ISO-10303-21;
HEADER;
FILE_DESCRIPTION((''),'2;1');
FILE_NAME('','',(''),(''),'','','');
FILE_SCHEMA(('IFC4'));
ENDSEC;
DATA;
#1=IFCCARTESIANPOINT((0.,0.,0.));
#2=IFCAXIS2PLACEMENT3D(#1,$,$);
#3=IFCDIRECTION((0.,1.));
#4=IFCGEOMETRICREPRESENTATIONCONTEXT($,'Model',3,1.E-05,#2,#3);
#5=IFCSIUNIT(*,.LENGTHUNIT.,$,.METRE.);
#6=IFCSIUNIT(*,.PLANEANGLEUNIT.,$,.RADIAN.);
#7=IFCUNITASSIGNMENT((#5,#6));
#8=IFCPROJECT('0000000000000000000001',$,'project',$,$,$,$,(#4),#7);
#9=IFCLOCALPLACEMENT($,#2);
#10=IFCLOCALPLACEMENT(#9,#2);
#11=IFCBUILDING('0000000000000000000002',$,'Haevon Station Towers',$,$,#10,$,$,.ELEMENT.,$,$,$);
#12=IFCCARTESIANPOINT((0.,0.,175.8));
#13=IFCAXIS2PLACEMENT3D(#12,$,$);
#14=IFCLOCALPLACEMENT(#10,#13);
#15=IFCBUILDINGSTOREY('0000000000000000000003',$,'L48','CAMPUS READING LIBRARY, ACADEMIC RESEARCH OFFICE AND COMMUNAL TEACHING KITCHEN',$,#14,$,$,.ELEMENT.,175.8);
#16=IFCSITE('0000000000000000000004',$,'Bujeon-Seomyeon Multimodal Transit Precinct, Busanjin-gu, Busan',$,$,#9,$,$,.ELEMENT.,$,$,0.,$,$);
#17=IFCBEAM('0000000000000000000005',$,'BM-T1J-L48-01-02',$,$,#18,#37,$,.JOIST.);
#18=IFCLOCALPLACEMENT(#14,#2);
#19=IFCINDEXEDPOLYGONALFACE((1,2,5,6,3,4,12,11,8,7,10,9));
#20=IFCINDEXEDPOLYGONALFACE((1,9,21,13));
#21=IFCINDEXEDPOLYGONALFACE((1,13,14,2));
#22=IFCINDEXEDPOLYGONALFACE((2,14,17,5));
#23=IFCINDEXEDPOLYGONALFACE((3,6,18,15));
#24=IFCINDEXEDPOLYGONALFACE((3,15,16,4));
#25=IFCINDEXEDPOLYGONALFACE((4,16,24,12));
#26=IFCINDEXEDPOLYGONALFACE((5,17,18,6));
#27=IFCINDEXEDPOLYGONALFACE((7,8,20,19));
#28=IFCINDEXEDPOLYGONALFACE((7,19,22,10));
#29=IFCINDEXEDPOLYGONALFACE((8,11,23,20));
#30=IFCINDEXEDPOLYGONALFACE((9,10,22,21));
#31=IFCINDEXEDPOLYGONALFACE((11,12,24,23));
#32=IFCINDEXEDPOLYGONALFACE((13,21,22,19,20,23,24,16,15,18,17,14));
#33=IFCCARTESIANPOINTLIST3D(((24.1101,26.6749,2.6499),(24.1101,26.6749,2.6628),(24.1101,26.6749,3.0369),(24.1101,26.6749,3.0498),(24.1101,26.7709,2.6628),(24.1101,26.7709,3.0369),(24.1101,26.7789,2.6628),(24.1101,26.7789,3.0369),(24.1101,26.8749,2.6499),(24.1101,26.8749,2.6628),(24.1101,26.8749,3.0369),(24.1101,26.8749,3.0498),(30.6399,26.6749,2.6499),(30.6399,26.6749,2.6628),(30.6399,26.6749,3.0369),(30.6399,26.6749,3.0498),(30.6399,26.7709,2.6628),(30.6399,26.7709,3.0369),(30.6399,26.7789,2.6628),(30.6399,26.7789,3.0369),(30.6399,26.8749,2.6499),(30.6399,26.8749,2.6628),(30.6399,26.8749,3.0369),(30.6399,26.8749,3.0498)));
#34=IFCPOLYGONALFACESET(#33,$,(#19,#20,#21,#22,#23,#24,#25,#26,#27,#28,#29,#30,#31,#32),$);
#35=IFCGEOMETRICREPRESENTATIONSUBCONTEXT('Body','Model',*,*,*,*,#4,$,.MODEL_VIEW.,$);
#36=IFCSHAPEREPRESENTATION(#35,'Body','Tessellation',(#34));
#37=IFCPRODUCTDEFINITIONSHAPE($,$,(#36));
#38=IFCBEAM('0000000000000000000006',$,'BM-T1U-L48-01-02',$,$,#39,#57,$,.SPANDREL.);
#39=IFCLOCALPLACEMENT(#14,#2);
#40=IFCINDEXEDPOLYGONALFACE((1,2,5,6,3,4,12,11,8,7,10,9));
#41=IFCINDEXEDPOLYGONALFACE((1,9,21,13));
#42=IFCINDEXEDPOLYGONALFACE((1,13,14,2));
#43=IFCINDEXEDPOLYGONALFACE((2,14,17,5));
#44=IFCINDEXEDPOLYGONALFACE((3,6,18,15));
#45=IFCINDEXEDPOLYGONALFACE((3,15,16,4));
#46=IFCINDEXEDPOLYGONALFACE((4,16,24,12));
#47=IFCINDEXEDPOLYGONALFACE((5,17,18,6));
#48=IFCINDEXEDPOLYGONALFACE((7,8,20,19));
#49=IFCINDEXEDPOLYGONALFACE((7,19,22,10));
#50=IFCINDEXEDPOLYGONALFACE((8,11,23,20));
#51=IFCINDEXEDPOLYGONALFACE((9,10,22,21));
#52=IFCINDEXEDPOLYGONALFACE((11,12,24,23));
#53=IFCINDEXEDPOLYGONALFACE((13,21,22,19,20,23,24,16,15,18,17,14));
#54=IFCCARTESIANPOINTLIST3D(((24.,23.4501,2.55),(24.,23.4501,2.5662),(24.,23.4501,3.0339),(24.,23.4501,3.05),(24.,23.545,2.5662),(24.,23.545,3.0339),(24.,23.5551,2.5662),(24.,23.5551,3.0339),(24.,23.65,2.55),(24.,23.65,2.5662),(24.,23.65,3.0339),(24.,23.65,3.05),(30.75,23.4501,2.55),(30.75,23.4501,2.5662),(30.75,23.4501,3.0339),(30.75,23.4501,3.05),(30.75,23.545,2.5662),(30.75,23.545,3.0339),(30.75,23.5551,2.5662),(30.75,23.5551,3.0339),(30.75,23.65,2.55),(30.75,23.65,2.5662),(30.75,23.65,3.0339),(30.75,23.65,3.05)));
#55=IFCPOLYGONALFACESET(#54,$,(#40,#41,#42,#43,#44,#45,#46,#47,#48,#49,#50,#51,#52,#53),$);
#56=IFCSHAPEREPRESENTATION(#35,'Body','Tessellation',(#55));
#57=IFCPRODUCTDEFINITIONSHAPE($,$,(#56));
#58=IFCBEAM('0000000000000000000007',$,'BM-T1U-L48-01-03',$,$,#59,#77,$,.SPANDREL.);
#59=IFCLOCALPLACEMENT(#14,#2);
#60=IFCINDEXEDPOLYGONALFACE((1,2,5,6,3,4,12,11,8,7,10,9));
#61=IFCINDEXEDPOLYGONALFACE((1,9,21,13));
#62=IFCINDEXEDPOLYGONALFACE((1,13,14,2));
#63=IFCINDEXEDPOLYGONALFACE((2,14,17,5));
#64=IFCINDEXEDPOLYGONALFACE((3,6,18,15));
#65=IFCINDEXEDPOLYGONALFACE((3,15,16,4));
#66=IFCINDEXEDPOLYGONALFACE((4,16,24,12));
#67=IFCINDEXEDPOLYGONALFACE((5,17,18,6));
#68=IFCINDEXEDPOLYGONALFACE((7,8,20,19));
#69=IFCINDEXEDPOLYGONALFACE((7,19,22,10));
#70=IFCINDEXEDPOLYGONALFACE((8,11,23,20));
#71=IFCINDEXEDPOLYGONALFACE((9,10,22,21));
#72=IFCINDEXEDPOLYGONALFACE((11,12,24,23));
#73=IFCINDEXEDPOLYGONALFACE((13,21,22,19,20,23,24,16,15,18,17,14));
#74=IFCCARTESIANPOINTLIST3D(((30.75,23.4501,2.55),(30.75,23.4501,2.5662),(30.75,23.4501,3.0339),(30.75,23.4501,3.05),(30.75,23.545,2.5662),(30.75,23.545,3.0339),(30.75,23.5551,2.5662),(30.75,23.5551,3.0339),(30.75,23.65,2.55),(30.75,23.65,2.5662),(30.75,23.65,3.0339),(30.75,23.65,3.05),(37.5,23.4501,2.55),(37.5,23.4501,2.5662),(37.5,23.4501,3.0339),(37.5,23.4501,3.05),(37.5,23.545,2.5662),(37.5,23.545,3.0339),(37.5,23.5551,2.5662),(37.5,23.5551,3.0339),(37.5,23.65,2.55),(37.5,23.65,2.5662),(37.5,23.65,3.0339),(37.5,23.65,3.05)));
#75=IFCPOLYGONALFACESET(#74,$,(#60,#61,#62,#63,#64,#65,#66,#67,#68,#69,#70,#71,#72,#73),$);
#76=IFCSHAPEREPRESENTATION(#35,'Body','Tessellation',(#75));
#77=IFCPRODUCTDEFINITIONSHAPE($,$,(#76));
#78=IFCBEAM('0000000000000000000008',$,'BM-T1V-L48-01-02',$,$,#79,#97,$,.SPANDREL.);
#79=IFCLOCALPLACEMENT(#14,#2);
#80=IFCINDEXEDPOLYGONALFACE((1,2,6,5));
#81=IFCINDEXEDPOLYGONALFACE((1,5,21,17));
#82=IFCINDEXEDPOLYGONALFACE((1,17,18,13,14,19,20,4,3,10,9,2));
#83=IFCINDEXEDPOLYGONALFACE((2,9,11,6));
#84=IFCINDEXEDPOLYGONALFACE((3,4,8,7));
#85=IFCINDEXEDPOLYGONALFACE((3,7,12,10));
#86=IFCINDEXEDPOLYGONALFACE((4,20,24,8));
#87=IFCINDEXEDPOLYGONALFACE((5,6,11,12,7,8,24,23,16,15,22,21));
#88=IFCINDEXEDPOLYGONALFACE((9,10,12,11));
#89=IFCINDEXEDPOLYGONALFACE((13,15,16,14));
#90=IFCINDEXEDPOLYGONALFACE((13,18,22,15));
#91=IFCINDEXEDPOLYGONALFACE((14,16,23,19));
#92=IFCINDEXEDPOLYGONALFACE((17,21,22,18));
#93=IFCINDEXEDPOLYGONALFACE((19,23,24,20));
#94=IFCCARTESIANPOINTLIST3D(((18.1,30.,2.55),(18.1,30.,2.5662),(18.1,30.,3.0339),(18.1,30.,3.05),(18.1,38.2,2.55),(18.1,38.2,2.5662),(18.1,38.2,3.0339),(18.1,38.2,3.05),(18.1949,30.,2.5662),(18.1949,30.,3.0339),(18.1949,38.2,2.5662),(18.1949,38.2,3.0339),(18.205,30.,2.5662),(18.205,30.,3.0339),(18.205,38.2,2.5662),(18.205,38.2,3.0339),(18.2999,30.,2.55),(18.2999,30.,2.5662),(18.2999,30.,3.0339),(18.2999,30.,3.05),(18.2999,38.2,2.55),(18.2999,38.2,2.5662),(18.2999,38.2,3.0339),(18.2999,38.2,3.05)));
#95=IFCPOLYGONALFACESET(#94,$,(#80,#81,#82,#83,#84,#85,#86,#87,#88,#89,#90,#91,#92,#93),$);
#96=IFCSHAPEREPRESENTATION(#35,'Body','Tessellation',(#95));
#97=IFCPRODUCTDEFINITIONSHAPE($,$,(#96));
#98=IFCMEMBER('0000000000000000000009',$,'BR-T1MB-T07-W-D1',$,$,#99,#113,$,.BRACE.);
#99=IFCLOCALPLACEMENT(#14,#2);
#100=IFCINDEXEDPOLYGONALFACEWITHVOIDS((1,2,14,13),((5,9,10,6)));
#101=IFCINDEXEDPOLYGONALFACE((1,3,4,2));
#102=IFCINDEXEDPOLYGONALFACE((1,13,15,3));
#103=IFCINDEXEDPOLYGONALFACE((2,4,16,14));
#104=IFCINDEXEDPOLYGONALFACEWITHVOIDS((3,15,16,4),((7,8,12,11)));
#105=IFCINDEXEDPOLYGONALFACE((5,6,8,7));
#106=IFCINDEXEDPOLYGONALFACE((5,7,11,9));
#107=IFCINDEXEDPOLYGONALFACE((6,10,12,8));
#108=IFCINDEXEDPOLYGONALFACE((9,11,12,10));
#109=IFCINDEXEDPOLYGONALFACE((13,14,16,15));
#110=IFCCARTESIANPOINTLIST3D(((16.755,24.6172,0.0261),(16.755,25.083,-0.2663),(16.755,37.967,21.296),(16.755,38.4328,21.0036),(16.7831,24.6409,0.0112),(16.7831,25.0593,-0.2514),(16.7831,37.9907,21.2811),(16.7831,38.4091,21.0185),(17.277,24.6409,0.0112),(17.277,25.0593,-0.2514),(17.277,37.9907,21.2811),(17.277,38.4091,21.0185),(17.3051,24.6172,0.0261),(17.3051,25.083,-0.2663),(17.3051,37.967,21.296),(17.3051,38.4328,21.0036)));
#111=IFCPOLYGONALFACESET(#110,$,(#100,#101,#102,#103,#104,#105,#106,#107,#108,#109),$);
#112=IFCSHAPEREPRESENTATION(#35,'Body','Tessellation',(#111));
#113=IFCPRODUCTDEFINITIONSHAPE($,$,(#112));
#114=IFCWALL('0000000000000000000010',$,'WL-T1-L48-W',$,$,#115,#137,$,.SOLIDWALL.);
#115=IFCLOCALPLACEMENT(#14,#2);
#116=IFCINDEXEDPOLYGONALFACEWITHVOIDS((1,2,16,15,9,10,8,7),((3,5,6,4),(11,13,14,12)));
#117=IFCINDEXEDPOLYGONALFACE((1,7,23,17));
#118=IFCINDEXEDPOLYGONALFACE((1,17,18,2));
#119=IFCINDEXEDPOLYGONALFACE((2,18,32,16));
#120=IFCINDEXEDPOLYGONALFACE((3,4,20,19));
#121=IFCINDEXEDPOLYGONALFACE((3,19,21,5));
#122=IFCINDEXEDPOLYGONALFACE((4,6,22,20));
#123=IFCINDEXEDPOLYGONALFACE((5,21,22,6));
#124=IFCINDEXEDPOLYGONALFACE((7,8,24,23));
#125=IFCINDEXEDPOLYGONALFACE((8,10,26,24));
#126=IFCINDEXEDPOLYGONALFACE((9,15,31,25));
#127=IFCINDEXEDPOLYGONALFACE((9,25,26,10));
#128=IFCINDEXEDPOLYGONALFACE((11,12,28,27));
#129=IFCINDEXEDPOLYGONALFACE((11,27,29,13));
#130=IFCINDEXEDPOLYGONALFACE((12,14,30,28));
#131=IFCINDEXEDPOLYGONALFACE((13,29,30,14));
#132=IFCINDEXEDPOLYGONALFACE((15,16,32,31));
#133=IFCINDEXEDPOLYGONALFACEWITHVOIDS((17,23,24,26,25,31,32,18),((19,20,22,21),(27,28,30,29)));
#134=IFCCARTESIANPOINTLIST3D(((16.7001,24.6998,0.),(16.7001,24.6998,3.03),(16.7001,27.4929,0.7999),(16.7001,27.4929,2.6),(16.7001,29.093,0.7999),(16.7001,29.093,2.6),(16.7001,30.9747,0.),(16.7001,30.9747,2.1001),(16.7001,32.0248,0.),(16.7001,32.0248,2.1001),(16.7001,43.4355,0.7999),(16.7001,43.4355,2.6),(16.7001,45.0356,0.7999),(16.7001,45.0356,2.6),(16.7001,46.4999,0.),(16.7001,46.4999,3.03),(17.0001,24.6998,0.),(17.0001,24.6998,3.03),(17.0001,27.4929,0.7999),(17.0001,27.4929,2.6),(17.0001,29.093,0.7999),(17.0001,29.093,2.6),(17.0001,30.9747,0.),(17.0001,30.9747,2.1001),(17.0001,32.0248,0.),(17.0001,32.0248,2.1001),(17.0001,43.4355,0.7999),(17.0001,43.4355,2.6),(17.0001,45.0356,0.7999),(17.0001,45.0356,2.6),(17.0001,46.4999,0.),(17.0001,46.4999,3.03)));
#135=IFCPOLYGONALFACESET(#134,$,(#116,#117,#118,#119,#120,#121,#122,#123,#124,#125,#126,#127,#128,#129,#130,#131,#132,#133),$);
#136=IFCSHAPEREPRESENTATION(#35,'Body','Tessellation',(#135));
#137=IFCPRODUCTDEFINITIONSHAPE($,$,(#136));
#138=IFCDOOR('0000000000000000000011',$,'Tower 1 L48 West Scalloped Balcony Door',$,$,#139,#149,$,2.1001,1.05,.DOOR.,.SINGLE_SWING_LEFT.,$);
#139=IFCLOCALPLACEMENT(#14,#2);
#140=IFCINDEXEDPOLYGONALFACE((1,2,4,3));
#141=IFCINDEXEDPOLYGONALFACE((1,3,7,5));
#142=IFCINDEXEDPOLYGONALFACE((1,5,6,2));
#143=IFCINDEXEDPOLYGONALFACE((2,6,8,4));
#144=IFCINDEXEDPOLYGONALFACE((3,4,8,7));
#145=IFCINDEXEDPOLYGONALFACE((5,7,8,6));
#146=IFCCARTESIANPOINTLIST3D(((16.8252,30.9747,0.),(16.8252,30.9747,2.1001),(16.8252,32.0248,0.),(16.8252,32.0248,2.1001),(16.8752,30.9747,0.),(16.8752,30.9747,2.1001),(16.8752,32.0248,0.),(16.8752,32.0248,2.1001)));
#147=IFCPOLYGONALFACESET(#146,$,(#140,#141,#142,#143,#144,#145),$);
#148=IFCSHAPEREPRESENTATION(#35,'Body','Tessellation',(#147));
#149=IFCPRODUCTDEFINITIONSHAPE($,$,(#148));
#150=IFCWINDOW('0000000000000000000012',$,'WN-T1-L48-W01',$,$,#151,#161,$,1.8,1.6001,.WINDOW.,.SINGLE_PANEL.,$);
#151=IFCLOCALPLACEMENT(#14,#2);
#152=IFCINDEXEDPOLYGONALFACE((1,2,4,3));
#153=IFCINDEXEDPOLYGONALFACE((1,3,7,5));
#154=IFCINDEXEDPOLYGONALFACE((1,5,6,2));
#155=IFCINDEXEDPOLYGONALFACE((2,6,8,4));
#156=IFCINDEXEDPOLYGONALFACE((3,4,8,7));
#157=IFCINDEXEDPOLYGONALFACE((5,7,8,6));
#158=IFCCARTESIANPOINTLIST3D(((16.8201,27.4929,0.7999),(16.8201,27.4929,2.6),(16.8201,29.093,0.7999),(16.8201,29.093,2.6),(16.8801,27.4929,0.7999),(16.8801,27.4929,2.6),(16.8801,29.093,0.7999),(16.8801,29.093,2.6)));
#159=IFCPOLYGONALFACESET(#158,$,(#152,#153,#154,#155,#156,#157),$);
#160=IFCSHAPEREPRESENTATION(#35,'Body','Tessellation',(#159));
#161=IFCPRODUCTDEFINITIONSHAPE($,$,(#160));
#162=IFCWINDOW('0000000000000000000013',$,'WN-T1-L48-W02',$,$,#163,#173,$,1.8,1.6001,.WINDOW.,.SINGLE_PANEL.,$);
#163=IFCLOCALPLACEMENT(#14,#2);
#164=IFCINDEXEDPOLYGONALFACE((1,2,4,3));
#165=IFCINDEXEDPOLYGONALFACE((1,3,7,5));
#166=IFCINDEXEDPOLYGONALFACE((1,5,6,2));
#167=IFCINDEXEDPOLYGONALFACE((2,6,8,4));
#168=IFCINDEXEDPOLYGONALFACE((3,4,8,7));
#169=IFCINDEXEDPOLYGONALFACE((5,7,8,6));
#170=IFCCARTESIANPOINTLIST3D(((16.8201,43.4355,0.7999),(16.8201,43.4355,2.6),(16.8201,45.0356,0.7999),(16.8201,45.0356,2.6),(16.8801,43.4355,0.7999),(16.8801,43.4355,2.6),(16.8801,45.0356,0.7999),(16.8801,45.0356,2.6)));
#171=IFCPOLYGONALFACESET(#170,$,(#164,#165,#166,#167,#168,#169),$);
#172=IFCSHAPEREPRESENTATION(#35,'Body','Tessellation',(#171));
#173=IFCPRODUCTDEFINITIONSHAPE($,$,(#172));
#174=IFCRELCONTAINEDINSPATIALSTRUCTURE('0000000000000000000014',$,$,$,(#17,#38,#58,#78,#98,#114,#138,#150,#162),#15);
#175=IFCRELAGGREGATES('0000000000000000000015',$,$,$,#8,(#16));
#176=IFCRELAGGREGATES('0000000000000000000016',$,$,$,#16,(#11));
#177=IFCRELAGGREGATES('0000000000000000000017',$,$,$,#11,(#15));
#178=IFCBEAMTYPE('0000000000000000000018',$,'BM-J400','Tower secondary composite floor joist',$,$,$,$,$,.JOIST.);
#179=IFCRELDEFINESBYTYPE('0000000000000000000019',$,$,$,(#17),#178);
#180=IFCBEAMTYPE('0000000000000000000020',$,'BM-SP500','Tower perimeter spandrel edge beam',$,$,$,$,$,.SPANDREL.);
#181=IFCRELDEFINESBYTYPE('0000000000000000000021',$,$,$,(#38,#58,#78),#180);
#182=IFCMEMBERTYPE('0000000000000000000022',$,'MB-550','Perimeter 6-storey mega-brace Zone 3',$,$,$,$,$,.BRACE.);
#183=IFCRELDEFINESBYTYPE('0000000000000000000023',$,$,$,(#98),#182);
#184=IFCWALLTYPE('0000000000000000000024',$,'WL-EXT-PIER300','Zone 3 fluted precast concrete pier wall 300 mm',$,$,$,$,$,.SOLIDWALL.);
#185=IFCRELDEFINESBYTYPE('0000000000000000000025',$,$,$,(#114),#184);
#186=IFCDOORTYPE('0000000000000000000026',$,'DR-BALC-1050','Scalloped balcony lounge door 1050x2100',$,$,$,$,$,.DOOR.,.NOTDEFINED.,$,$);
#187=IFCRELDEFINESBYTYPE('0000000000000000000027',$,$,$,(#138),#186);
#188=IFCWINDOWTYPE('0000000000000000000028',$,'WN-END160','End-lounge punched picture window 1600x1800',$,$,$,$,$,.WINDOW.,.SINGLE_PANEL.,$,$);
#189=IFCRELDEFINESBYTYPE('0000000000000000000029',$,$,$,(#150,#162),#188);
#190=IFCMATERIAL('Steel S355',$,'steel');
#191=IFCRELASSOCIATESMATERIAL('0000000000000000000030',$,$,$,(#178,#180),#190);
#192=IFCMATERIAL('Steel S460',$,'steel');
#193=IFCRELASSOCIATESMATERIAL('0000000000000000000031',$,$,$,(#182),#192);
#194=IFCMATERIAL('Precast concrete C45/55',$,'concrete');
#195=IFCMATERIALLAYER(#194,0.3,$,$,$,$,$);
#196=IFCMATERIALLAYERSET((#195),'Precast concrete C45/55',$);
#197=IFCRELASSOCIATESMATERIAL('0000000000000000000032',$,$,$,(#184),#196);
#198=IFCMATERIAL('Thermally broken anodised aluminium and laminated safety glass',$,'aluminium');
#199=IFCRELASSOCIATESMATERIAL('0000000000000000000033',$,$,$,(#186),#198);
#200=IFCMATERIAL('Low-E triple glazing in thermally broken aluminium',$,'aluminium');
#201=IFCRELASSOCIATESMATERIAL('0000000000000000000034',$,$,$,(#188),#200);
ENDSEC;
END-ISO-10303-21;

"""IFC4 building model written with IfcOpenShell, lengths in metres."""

from ifc_helpers import new_model, si_unit, direction, frame, frame_2d, origin, origin_2d, place, context, subcontext, project, spatial, rectangle, hollow_rectangle, i_section, extrude, material, layer, layer_set, material_profile, profile_set, type_object, element, fill, save


model = new_model("IFC4")

# Units and contexts
model_context = context("Model", 3, precision=1e-05, world=origin(), true_north=direction((0.0, 1.0)))
body_context = subcontext(model_context, "Body", "Model", "MODEL_VIEW")
ifc_project = project(units=[si_unit("LENGTHUNIT", "METRE"), si_unit("PLANEANGLEUNIT", "RADIAN")], contexts=[model_context])

# Site, building, storey
site_placement = place(None, origin())
site = spatial("IfcSite", under=ifc_project, at=site_placement, Name="Bujeon-Seomyeon Multimodal Transit Precinct, Busanjin-gu, Busan", CompositionType="ELEMENT", RefElevation=0.0)
building_placement = place(site_placement, origin())
building = spatial("IfcBuilding", under=site, at=building_placement, Name="Haevon Station Towers", CompositionType="ELEMENT")
storey_placement = place(building_placement, frame((0.0, 0.0, 175.8)))
storey = spatial("IfcBuildingStorey", under=building, at=storey_placement, Name="L48", Description="CAMPUS READING LIBRARY, ACADEMIC RESEARCH OFFICE AND COMMUNAL TEACHING KITCHEN", CompositionType="ELEMENT", Elevation=175.8)

# Shared definitions
ifc_material_1 = material(Name="Steel S355", Category="steel")

# Beams
ifc_material_profile_1 = material_profile(ifc_material_1, i_section(OverallWidth=0.2, OverallDepth=0.3999, WebThickness=0.0081, FlangeThickness=0.0129, at=origin_2d()), Name="H-400x200x8x13")
ifc_profile_set_1 = profile_set([ifc_material_profile_1], Name="Steel S355")
beam_type_1 = type_object("IfcBeamType", Name="BM-J400", Description="Tower secondary composite floor joist", PredefinedType="JOIST", material=ifc_profile_set_1)
beam_1_placement = place(storey_placement, frame((24.1101, 26.7749, 2.8499), z_axis=(1.0, 0.0, 0.0), x_axis=(0.0, 1.0, 0.0)))
element("IfcBeam", 1, at=beam_1_placement, inside=storey, type_object=beam_type_1, Name="BM-T1J-L48-01-02", PredefinedType="JOIST", context=body_context, shape_type="SweptSolid", body=[
    extrude(i_section(OverallWidth=0.2, OverallDepth=0.3999, WebThickness=0.0081, FlangeThickness=0.0129, at=origin_2d()), origin(), (0.0, 0.0, 1.0), 6.5298),
])
ifc_material_profile_2 = material_profile(ifc_material_1, i_section(OverallWidth=0.2, OverallDepth=0.5, WebThickness=0.01, FlangeThickness=0.0161, at=origin_2d()), Name="H-500x200x10x16")
ifc_profile_set_2 = profile_set([ifc_material_profile_2], Name="Steel S355")
beam_type_2 = type_object("IfcBeamType", Name="BM-SP500", Description="Tower perimeter spandrel edge beam", PredefinedType="SPANDREL", material=ifc_profile_set_2)
for number, where, z_axis, x_axis, name in (
    (2, (24.0, 23.55, 2.8), (1.0, 0.0, 0.0), (0.0, 1.0, 0.0), "BM-T1U-L48-01-02"),
    (3, (30.75, 23.55, 2.8), (1.0, 0.0, 0.0), (0.0, 1.0, 0.0), "BM-T1U-L48-01-03"),
):
    element("IfcBeam", number, at=place(storey_placement, frame(where, z_axis=z_axis, x_axis=x_axis)), inside=storey, type_object=beam_type_2, Name=name, PredefinedType="SPANDREL", context=body_context, shape_type="SweptSolid", body=[
        extrude(i_section(OverallWidth=0.2, OverallDepth=0.5, WebThickness=0.01, FlangeThickness=0.0161, at=origin_2d()), origin(), (0.0, 0.0, 1.0), 6.75),
    ])
beam_2_placement = place(storey_placement, frame((18.2, 30.0, 2.8), z_axis=(0.0, 1.0, 0.0), x_axis=(-1.0, 0.0, 0.0)))
element("IfcBeam", 4, at=beam_2_placement, inside=storey, type_object=beam_type_2, Name="BM-T1V-L48-01-02", PredefinedType="SPANDREL", context=body_context, shape_type="SweptSolid", body=[
    extrude(i_section(OverallWidth=0.2, OverallDepth=0.5, WebThickness=0.01, FlangeThickness=0.0161, at=origin_2d()), origin(), (0.0, 0.0, 1.0), 8.2),
])

# Member
ifc_material_2 = material(Name="Steel S460", Category="steel")
ifc_material_profile_3 = material_profile(ifc_material_2, hollow_rectangle(XDim=0.55, YDim=0.55, WallThickness=0.0281, at=origin_2d()), Name="RHS-550x550x28")
ifc_profile_set_3 = profile_set([ifc_material_profile_3], Name="Steel S460")
member_type = type_object("IfcMemberType", Name="MB-550", Description="Perimeter 6-storey mega-brace Zone 3", PredefinedType="BRACE", material=ifc_profile_set_3)
member_placement = place(storey_placement, frame((17.03, 24.8501, -0.1201), z_axis=(0.0, 0.531604, 0.846993), x_axis=(-1.0, 0.0, 0.0)))
element("IfcMember", 5, at=member_placement, inside=storey, type_object=member_type, Name="BR-T1MB-T07-W-D1", PredefinedType="BRACE", context=body_context, shape_type="SweptSolid", body=[
    extrude(hollow_rectangle(XDim=0.55, YDim=0.55, WallThickness=0.0281, at=origin_2d()), origin(), (0.0, 0.0, 1.0), 25.1123),
])

# Wall, openings, door, windows
ifc_material_3 = material(Name="Precast concrete C45/55", Category="concrete")
ifc_layer_1 = layer(ifc_material_3, 0.3)
ifc_layer_set_1 = layer_set([ifc_layer_1], Name="Precast concrete C45/55")
wall_type_1 = type_object("IfcWallType", Name="WL-EXT-PIER300", Description="Zone 3 fluted precast concrete pier wall 300 mm", PredefinedType="SOLIDWALL", material=ifc_layer_set_1)
wall_1_placement = place(storey_placement, frame((16.8501, 24.7, 0.0), z_axis=(0.0, 0.0, 1.0), x_axis=(0.0, 1.0, 0.0)))
wall_1 = element("IfcWall", 6, at=wall_1_placement, inside=storey, type_object=wall_type_1, Name="WL-T1-L48-W", PredefinedType="SOLIDWALL", context=body_context, shape_type="SweptSolid", body=[
    extrude(rectangle(XDim=21.8, YDim=0.3, at=frame_2d((10.8999, 0.0))), origin(), (0.0, 0.0, 1.0), 3.03),
])
opening_1_placement = place(wall_1_placement, frame((6.2749, 0.0, 0.0)))
opening_1 = element("IfcOpeningElement", 7, at=opening_1_placement, cuts=wall_1, PredefinedType="OPENING", context=body_context, shape_type="SweptSolid", body=[
    extrude(rectangle(XDim=1.05, YDim=2.1001, at=frame_2d((0.5249, 1.05))), frame((0.0, 0.1599, 0.0), z_axis=(0.0, -1.0, 0.0), x_axis=(1.0, 0.0, 0.0)), (0.0, 0.0, 1.0), 0.3201),
])
opening_2_placement = place(wall_1_placement, frame((2.793, 0.0, 0.8)))
opening_2 = element("IfcOpeningElement", 8, at=opening_2_placement, cuts=wall_1, PredefinedType="OPENING", context=body_context, shape_type="SweptSolid", body=[
    extrude(rectangle(XDim=1.6001, YDim=1.8, at=frame_2d((0.8, 0.8999))), frame((0.0, 0.1599, 0.0), z_axis=(0.0, -1.0, 0.0), x_axis=(1.0, 0.0, 0.0)), (0.0, 0.0, 1.0), 0.3201),
])
opening_3_placement = place(wall_1_placement, frame((18.7356, 0.0, 0.8)))
opening_3 = element("IfcOpeningElement", 9, at=opening_3_placement, cuts=wall_1, PredefinedType="OPENING", context=body_context, shape_type="SweptSolid", body=[
    extrude(rectangle(XDim=1.6001, YDim=1.8, at=frame_2d((0.8, 0.8999))), frame((0.0, 0.1599, 0.0), z_axis=(0.0, -1.0, 0.0), x_axis=(1.0, 0.0, 0.0)), (0.0, 0.0, 1.0), 0.3201),
])
ifc_material_4 = material(Name="Thermally broken anodised aluminium and laminated safety glass", Category="aluminium")
door_type = type_object("IfcDoorType", Name="DR-BALC-1050", Description="Scalloped balcony lounge door 1050x2100", OperationType="NOTDEFINED", PredefinedType="DOOR", material=ifc_material_4)
door_placement = place(opening_1_placement, origin())
door = element("IfcDoor", 10, at=door_placement, inside=storey, type_object=door_type, Name="Tower 1 L48 West Scalloped Balcony Door", OperationType="SINGLE_SWING_LEFT", OverallHeight=2.1001, OverallWidth=1.05, PredefinedType="DOOR", context=body_context, shape_type="SweptSolid", body=[
    extrude(rectangle(XDim=1.05, YDim=2.1001, at=frame_2d((0.5249, 1.05))), frame((0.0, 0.0249, 0.0), z_axis=(0.0, -1.0, 0.0), x_axis=(1.0, 0.0, 0.0)), (0.0, 0.0, 1.0), 0.05),
])
fill(opening_1, door)
ifc_material_5 = material(Name="Low-E triple glazing in thermally broken aluminium", Category="aluminium")
window_type = type_object("IfcWindowType", Name="WN-END160", Description="End-lounge punched picture window 1600x1800", PartitioningType="SINGLE_PANEL", PredefinedType="WINDOW", material=ifc_material_5)
window_1_placement = place(opening_2_placement, origin())
window_1 = element("IfcWindow", 11, at=window_1_placement, inside=storey, type_object=window_type, Name="WN-T1-L48-W01", OverallHeight=1.8, OverallWidth=1.6001, PartitioningType="SINGLE_PANEL", PredefinedType="WINDOW", context=body_context, shape_type="SweptSolid", body=[
    extrude(rectangle(XDim=1.6001, YDim=1.8, at=frame_2d((0.8, 0.8999))), frame((0.0, 0.03, 0.0), z_axis=(0.0, -1.0, 0.0), x_axis=(1.0, 0.0, 0.0)), (0.0, 0.0, 1.0), 0.0601),
])
fill(opening_2, window_1)
window_2_placement = place(opening_3_placement, origin())
window_2 = element("IfcWindow", 12, at=window_2_placement, inside=storey, type_object=window_type, Name="WN-T1-L48-W02", OverallHeight=1.8, OverallWidth=1.6001, PartitioningType="SINGLE_PANEL", PredefinedType="WINDOW", context=body_context, shape_type="SweptSolid", body=[
    extrude(rectangle(XDim=1.6001, YDim=1.8, at=frame_2d((0.8, 0.8999))), frame((0.0, 0.03, 0.0), z_axis=(0.0, -1.0, 0.0), x_axis=(1.0, 0.0, 0.0)), (0.0, 0.0, 1.0), 0.0601),
])
fill(opening_3, window_2)

save(model, "model.ifc")
